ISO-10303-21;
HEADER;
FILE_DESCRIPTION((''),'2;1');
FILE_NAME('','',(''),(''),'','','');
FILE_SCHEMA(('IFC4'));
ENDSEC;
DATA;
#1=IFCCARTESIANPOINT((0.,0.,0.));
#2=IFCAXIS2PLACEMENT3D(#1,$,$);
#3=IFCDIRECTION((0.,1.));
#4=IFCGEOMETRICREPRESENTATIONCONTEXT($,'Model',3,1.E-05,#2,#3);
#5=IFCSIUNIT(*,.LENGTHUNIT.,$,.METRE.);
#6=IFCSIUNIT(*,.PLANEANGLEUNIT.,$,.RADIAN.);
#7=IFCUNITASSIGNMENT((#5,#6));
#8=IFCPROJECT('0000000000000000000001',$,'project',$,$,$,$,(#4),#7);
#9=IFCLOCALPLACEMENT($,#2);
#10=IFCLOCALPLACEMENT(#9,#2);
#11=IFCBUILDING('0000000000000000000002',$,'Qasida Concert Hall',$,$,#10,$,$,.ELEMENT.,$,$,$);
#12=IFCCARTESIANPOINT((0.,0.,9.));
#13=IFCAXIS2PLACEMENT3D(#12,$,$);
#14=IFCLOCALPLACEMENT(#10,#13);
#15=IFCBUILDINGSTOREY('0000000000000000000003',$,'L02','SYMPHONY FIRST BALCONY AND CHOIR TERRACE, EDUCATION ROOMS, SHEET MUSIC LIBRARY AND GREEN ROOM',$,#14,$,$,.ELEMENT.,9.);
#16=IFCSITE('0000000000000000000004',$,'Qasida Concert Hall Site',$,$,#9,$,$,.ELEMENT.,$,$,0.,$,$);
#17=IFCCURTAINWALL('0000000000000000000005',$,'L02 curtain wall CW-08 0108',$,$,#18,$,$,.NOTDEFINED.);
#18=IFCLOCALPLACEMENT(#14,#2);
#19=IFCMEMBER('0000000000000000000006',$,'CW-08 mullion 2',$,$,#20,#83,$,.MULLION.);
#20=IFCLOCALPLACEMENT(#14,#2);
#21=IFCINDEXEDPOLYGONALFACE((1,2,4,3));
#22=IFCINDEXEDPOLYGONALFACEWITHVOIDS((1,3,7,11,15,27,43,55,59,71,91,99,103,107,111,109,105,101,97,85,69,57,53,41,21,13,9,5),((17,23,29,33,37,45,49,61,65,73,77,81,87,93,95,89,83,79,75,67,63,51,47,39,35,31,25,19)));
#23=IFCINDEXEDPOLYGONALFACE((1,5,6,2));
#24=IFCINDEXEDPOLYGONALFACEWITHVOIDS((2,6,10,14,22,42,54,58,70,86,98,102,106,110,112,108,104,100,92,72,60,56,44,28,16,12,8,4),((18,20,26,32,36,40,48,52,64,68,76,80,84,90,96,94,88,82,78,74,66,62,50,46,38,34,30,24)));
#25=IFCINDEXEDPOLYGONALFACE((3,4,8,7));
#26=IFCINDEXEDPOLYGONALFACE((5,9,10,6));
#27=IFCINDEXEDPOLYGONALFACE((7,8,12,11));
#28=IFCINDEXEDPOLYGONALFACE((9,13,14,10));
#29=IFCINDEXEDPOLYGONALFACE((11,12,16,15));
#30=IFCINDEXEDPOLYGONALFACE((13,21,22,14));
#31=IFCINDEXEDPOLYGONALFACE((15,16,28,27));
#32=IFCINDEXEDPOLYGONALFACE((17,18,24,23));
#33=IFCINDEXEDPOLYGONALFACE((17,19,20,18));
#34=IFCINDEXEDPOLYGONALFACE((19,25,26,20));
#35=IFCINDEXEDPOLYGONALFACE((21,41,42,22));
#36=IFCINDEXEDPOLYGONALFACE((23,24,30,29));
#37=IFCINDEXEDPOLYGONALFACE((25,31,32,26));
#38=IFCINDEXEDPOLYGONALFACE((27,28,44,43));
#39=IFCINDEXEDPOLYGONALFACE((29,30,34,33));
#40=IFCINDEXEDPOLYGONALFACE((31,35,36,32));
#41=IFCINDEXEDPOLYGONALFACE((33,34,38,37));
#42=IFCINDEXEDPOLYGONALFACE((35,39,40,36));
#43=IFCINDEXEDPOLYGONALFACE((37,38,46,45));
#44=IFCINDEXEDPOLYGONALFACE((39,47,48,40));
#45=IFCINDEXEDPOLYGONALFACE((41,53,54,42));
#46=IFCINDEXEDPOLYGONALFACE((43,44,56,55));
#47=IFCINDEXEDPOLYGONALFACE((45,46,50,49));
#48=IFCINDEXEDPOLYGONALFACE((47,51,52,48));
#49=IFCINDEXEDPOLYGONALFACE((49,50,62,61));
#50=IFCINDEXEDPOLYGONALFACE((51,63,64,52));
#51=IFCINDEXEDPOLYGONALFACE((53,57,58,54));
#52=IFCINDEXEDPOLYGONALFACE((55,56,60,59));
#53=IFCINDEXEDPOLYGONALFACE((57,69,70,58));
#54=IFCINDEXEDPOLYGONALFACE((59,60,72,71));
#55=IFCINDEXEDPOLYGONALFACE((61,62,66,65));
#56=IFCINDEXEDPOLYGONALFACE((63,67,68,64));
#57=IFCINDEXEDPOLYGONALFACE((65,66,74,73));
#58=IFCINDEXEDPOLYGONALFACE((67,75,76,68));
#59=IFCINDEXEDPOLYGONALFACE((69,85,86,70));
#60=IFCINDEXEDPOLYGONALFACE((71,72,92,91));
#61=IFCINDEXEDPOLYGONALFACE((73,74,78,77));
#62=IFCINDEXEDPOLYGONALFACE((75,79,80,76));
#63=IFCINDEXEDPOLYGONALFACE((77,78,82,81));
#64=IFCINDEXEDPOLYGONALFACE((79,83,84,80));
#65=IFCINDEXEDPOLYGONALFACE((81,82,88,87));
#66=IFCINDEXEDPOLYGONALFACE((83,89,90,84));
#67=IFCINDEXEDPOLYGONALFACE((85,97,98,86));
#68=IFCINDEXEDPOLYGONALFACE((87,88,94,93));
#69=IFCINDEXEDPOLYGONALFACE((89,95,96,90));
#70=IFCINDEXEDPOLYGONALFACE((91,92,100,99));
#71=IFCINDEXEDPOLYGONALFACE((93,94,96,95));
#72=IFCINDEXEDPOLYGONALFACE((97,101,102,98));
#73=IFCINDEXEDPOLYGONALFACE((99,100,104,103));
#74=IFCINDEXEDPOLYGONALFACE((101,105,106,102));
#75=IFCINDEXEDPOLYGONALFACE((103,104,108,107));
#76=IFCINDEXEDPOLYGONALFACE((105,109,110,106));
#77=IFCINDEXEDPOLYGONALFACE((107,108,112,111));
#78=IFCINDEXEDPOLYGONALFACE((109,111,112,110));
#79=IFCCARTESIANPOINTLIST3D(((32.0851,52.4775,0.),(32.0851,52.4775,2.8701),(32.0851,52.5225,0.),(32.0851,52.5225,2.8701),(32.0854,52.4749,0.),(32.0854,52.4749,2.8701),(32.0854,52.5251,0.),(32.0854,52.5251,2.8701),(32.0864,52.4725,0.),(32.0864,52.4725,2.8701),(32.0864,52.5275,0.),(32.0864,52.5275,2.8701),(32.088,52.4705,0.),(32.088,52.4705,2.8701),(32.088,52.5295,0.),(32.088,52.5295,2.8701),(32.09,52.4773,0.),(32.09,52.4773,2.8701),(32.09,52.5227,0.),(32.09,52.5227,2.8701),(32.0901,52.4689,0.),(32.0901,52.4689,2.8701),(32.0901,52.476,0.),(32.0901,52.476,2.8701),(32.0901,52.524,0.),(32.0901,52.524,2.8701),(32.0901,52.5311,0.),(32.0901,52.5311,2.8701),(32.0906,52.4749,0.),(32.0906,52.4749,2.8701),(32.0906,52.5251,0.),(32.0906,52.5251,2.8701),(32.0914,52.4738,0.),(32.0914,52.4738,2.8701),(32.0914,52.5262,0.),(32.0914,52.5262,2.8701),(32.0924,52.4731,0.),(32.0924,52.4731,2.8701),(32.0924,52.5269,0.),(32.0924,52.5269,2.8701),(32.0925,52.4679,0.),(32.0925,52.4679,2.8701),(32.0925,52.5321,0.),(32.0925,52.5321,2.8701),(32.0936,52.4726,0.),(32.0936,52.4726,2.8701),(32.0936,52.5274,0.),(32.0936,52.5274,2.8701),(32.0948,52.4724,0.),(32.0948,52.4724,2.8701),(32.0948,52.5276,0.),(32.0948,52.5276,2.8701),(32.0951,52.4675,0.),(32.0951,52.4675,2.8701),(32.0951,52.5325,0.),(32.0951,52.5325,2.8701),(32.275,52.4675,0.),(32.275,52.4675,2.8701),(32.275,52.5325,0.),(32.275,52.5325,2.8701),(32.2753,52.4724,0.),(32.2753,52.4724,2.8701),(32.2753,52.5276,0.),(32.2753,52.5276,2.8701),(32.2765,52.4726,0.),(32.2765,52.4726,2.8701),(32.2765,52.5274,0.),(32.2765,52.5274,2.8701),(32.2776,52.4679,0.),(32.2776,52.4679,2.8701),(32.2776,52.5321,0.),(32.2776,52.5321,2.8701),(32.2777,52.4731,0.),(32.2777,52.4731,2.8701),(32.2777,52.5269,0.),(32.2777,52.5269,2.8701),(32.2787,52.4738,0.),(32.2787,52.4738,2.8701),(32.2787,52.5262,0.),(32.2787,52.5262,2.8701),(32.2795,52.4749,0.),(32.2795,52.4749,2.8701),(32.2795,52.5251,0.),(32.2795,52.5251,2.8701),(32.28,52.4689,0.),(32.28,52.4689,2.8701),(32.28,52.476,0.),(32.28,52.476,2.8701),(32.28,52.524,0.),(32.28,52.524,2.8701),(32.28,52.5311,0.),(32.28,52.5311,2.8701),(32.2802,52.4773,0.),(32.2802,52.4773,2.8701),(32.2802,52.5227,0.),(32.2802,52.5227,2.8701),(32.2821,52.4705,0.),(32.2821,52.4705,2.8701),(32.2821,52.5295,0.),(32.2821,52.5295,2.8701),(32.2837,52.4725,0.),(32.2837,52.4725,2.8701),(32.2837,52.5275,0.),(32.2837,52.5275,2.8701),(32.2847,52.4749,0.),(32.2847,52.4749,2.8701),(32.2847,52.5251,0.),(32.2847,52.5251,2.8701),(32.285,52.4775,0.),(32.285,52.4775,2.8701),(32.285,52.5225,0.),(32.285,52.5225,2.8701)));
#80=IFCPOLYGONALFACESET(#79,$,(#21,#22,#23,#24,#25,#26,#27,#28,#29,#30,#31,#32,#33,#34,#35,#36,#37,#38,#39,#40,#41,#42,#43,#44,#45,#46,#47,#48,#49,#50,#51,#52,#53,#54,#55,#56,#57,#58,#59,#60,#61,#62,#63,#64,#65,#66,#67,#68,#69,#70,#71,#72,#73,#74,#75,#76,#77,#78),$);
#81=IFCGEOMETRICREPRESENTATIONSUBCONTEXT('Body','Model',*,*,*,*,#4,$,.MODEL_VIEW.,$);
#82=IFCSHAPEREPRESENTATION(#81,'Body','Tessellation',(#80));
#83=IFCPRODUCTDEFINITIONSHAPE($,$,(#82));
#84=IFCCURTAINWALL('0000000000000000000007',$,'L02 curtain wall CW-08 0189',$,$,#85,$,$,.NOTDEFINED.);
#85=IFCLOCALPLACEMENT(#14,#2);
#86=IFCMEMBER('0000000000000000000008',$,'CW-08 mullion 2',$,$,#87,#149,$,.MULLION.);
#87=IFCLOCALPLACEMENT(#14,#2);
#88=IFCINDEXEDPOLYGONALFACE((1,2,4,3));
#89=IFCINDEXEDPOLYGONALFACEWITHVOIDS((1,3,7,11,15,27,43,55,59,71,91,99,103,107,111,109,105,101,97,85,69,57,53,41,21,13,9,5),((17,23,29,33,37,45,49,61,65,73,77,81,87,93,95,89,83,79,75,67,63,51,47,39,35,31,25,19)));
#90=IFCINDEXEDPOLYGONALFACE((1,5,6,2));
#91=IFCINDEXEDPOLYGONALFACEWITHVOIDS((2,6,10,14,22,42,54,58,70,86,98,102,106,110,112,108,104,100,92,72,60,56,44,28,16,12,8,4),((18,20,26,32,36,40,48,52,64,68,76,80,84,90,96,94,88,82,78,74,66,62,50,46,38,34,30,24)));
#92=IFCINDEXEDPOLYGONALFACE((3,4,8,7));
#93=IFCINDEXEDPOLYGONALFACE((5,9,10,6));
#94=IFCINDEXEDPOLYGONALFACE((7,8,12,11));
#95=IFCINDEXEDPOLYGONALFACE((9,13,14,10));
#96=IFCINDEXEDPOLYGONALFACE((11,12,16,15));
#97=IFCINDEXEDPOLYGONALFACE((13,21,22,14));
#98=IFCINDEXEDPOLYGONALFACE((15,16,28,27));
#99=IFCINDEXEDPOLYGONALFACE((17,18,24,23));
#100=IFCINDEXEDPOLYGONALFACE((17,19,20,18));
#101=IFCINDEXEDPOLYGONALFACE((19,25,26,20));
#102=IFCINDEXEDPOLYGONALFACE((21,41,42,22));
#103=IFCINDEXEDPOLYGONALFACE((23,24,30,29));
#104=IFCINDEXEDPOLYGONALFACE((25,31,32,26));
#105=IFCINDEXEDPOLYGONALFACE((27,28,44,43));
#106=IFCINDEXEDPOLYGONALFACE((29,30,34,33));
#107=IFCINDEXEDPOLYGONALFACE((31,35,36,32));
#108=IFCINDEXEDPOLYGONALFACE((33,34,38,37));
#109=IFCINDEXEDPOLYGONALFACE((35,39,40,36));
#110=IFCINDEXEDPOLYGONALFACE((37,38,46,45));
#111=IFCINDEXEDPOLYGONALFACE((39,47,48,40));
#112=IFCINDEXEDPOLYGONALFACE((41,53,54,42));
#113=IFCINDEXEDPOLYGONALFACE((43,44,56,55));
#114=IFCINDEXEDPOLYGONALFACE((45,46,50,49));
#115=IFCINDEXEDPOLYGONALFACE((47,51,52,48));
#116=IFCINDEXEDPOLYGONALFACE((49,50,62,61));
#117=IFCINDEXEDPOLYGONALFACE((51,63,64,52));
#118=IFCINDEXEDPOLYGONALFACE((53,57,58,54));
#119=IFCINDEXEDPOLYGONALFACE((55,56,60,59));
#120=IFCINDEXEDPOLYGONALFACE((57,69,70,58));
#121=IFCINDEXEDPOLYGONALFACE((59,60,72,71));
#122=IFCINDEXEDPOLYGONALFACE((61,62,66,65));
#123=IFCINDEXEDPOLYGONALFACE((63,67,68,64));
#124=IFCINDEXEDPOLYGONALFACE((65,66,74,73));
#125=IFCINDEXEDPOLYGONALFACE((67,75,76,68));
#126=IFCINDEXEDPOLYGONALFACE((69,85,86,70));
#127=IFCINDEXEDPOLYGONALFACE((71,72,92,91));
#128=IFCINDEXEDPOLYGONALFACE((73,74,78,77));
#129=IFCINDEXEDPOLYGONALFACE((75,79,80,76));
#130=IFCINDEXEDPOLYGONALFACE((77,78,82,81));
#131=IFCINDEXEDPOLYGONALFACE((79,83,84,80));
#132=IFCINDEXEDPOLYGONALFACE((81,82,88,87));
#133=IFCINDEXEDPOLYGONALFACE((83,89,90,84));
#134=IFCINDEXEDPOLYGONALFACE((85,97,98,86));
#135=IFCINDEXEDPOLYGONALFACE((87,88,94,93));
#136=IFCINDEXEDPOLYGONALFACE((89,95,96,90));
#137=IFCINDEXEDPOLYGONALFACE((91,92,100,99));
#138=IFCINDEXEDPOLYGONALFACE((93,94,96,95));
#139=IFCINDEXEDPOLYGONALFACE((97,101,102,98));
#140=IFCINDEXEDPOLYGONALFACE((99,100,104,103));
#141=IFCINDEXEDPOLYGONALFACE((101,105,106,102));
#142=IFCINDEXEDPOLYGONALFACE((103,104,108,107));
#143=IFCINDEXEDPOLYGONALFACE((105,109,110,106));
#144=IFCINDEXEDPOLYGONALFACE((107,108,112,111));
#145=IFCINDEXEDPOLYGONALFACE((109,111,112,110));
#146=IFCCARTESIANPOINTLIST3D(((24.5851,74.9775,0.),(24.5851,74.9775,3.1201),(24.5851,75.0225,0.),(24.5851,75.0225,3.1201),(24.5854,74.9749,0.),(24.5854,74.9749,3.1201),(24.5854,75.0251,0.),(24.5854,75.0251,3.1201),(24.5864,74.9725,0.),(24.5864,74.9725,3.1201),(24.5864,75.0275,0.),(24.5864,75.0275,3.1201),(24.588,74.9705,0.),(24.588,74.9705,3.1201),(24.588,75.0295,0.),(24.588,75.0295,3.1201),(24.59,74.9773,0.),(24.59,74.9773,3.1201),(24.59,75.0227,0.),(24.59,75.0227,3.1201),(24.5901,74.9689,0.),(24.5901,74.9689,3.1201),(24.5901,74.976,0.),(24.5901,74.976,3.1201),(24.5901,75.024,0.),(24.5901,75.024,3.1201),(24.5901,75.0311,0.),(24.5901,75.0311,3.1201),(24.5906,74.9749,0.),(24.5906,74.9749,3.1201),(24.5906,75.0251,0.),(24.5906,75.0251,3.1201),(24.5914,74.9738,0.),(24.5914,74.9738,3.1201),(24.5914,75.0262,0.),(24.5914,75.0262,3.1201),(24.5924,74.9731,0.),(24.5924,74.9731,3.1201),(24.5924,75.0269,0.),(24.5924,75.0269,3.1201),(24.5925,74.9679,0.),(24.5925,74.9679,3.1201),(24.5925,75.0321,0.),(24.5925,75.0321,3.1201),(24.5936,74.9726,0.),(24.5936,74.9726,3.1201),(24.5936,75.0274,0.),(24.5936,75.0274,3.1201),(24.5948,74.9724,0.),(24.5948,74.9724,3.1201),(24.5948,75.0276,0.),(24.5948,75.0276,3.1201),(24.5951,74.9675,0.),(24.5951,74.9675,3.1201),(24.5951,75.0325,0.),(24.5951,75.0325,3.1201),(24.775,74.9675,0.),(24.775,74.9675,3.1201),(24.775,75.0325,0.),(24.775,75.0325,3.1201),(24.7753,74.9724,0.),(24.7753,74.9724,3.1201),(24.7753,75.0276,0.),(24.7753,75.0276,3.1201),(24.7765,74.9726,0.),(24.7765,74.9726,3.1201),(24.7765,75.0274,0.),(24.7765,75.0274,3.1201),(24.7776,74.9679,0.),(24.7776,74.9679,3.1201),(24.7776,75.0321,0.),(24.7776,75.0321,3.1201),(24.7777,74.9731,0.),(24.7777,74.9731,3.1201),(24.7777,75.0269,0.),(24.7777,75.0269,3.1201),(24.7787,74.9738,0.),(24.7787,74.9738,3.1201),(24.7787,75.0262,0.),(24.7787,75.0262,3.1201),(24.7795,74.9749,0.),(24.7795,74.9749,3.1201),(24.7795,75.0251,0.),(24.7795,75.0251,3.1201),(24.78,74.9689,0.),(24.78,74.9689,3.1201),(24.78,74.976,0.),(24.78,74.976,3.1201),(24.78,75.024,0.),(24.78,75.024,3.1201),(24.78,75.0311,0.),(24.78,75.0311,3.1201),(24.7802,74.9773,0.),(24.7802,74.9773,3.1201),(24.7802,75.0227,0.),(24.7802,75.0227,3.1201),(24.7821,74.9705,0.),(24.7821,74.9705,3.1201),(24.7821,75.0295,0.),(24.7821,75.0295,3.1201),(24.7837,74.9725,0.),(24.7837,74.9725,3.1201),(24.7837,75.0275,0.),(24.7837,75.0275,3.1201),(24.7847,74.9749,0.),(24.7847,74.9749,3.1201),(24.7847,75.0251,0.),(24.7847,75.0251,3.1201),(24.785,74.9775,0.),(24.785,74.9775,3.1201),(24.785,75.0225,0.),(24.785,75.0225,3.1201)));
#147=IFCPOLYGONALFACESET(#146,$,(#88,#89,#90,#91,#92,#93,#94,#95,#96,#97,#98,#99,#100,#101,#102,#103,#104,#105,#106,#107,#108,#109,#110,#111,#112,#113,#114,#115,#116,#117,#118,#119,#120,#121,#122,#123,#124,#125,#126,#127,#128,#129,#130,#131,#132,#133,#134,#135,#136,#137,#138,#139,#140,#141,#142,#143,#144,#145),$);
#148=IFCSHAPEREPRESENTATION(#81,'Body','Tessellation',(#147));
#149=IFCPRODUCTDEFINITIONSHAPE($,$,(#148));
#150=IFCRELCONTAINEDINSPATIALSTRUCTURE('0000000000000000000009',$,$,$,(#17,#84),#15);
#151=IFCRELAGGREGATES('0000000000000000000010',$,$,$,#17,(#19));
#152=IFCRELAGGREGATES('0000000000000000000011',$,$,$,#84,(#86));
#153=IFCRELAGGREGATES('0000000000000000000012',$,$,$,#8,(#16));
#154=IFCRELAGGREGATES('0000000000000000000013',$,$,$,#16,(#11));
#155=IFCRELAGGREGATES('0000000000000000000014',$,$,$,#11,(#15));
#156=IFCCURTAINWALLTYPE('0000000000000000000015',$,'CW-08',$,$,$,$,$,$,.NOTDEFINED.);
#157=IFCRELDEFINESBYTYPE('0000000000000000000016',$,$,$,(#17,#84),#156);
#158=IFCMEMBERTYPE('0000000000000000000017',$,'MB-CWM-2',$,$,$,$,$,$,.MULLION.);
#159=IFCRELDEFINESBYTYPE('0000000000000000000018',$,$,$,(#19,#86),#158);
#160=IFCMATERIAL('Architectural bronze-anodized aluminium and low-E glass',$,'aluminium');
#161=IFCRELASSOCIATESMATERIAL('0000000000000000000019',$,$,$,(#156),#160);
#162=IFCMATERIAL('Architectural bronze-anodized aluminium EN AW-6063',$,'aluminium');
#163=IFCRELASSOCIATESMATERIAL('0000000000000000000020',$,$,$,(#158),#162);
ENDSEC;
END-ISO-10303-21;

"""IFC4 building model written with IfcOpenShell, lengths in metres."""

from ifc_helpers import new_model, si_unit, direction, frame, origin, origin_2d, place, context, subcontext, project, spatial, hollow_rectangle, extrude, material, material_profile, profile_set, type_object, element, aggregate, save


model = new_model("IFC4")

# Units and contexts
model_context = context("Model", 3, precision=1e-05, world=origin(), true_north=direction((0.0, 1.0)))
body_context = subcontext(model_context, "Body", "Model", "MODEL_VIEW")
ifc_project = project(units=[si_unit("LENGTHUNIT", "METRE"), si_unit("PLANEANGLEUNIT", "RADIAN")], contexts=[model_context])

# Site, building, storey
site_placement = place(None, origin())
site = spatial("IfcSite", under=ifc_project, at=site_placement, Name="Qasida Concert Hall Site", CompositionType="ELEMENT", RefElevation=0.0)
building_placement = place(site_placement, origin())
building = spatial("IfcBuilding", under=site, at=building_placement, Name="Qasida Concert Hall", CompositionType="ELEMENT")
storey_placement = place(building_placement, frame((0.0, 0.0, 9.0)))
storey = spatial("IfcBuildingStorey", under=building, at=storey_placement, Name="L02", Description="SYMPHONY FIRST BALCONY AND CHOIR TERRACE, EDUCATION ROOMS, SHEET MUSIC LIBRARY AND GREEN ROOM", CompositionType="ELEMENT", Elevation=9.0)

# Shared definitions
ifc_material_1 = material(Name="Architectural bronze-anodized aluminium and low-E glass", Category="aluminium")
curtain_wall_type = type_object("IfcCurtainWallType", Name="CW-08", PredefinedType="NOTDEFINED", material=ifc_material_1)
ifc_material_2 = material(Name="Architectural bronze-anodized aluminium EN AW-6063", Category="aluminium")
ifc_material_profile_1 = material_profile(ifc_material_2, hollow_rectangle(XDim=0.0649, YDim=0.2, WallThickness=0.0049, InnerFilletRadius=0.0049, OuterFilletRadius=0.01, at=origin_2d()), Name="CWM 200x65x5")
ifc_profile_set_1 = profile_set([ifc_material_profile_1], Name="Architectural bronze-anodized aluminium EN AW-6063")
member_type_1 = type_object("IfcMemberType", Name="MB-CWM-2", PredefinedType="MULLION", material=ifc_profile_set_1)

# Curtain wall, member
curtain_wall_1_placement = place(storey_placement, origin())
curtain_wall_1 = element("IfcCurtainWall", 1, at=curtain_wall_1_placement, inside=storey, type_object=curtain_wall_type, Name="L02 curtain wall CW-08 0108", PredefinedType="NOTDEFINED")
member_1_placement = place(storey_placement, frame((32.1851, 52.5, 0.0), z_axis=(0.0, 0.0, 1.0), x_axis=(0.0, 1.0, 0.0)))
member_1 = element("IfcMember", 2, at=member_1_placement, type_object=member_type_1, Name="CW-08 mullion 2", PredefinedType="MULLION", context=body_context, shape_type="SweptSolid", body=[
    extrude(hollow_rectangle(XDim=0.0649, YDim=0.2, WallThickness=0.0049, InnerFilletRadius=0.0049, OuterFilletRadius=0.01, at=origin_2d()), origin(), (0.0, 0.0, 1.0), 2.8701),
])

# Curtain wall, member
curtain_wall_2_placement = place(storey_placement, origin())
curtain_wall_2 = element("IfcCurtainWall", 3, at=curtain_wall_2_placement, inside=storey, type_object=curtain_wall_type, Name="L02 curtain wall CW-08 0189", PredefinedType="NOTDEFINED")
member_2_placement = place(storey_placement, frame((24.6851, 75.0, 0.0), z_axis=(0.0, 0.0, 1.0), x_axis=(0.0, 1.0, 0.0)))
member_2 = element("IfcMember", 4, at=member_2_placement, type_object=member_type_1, Name="CW-08 mullion 2", PredefinedType="MULLION", context=body_context, shape_type="SweptSolid", body=[
    extrude(hollow_rectangle(XDim=0.0649, YDim=0.2, WallThickness=0.0049, InnerFilletRadius=0.0049, OuterFilletRadius=0.01, at=origin_2d()), origin(), (0.0, 0.0, 1.0), 3.1201),
])

aggregate(curtain_wall_1, [member_1])
aggregate(curtain_wall_2, [member_2])

save(model, "model.ifc")
